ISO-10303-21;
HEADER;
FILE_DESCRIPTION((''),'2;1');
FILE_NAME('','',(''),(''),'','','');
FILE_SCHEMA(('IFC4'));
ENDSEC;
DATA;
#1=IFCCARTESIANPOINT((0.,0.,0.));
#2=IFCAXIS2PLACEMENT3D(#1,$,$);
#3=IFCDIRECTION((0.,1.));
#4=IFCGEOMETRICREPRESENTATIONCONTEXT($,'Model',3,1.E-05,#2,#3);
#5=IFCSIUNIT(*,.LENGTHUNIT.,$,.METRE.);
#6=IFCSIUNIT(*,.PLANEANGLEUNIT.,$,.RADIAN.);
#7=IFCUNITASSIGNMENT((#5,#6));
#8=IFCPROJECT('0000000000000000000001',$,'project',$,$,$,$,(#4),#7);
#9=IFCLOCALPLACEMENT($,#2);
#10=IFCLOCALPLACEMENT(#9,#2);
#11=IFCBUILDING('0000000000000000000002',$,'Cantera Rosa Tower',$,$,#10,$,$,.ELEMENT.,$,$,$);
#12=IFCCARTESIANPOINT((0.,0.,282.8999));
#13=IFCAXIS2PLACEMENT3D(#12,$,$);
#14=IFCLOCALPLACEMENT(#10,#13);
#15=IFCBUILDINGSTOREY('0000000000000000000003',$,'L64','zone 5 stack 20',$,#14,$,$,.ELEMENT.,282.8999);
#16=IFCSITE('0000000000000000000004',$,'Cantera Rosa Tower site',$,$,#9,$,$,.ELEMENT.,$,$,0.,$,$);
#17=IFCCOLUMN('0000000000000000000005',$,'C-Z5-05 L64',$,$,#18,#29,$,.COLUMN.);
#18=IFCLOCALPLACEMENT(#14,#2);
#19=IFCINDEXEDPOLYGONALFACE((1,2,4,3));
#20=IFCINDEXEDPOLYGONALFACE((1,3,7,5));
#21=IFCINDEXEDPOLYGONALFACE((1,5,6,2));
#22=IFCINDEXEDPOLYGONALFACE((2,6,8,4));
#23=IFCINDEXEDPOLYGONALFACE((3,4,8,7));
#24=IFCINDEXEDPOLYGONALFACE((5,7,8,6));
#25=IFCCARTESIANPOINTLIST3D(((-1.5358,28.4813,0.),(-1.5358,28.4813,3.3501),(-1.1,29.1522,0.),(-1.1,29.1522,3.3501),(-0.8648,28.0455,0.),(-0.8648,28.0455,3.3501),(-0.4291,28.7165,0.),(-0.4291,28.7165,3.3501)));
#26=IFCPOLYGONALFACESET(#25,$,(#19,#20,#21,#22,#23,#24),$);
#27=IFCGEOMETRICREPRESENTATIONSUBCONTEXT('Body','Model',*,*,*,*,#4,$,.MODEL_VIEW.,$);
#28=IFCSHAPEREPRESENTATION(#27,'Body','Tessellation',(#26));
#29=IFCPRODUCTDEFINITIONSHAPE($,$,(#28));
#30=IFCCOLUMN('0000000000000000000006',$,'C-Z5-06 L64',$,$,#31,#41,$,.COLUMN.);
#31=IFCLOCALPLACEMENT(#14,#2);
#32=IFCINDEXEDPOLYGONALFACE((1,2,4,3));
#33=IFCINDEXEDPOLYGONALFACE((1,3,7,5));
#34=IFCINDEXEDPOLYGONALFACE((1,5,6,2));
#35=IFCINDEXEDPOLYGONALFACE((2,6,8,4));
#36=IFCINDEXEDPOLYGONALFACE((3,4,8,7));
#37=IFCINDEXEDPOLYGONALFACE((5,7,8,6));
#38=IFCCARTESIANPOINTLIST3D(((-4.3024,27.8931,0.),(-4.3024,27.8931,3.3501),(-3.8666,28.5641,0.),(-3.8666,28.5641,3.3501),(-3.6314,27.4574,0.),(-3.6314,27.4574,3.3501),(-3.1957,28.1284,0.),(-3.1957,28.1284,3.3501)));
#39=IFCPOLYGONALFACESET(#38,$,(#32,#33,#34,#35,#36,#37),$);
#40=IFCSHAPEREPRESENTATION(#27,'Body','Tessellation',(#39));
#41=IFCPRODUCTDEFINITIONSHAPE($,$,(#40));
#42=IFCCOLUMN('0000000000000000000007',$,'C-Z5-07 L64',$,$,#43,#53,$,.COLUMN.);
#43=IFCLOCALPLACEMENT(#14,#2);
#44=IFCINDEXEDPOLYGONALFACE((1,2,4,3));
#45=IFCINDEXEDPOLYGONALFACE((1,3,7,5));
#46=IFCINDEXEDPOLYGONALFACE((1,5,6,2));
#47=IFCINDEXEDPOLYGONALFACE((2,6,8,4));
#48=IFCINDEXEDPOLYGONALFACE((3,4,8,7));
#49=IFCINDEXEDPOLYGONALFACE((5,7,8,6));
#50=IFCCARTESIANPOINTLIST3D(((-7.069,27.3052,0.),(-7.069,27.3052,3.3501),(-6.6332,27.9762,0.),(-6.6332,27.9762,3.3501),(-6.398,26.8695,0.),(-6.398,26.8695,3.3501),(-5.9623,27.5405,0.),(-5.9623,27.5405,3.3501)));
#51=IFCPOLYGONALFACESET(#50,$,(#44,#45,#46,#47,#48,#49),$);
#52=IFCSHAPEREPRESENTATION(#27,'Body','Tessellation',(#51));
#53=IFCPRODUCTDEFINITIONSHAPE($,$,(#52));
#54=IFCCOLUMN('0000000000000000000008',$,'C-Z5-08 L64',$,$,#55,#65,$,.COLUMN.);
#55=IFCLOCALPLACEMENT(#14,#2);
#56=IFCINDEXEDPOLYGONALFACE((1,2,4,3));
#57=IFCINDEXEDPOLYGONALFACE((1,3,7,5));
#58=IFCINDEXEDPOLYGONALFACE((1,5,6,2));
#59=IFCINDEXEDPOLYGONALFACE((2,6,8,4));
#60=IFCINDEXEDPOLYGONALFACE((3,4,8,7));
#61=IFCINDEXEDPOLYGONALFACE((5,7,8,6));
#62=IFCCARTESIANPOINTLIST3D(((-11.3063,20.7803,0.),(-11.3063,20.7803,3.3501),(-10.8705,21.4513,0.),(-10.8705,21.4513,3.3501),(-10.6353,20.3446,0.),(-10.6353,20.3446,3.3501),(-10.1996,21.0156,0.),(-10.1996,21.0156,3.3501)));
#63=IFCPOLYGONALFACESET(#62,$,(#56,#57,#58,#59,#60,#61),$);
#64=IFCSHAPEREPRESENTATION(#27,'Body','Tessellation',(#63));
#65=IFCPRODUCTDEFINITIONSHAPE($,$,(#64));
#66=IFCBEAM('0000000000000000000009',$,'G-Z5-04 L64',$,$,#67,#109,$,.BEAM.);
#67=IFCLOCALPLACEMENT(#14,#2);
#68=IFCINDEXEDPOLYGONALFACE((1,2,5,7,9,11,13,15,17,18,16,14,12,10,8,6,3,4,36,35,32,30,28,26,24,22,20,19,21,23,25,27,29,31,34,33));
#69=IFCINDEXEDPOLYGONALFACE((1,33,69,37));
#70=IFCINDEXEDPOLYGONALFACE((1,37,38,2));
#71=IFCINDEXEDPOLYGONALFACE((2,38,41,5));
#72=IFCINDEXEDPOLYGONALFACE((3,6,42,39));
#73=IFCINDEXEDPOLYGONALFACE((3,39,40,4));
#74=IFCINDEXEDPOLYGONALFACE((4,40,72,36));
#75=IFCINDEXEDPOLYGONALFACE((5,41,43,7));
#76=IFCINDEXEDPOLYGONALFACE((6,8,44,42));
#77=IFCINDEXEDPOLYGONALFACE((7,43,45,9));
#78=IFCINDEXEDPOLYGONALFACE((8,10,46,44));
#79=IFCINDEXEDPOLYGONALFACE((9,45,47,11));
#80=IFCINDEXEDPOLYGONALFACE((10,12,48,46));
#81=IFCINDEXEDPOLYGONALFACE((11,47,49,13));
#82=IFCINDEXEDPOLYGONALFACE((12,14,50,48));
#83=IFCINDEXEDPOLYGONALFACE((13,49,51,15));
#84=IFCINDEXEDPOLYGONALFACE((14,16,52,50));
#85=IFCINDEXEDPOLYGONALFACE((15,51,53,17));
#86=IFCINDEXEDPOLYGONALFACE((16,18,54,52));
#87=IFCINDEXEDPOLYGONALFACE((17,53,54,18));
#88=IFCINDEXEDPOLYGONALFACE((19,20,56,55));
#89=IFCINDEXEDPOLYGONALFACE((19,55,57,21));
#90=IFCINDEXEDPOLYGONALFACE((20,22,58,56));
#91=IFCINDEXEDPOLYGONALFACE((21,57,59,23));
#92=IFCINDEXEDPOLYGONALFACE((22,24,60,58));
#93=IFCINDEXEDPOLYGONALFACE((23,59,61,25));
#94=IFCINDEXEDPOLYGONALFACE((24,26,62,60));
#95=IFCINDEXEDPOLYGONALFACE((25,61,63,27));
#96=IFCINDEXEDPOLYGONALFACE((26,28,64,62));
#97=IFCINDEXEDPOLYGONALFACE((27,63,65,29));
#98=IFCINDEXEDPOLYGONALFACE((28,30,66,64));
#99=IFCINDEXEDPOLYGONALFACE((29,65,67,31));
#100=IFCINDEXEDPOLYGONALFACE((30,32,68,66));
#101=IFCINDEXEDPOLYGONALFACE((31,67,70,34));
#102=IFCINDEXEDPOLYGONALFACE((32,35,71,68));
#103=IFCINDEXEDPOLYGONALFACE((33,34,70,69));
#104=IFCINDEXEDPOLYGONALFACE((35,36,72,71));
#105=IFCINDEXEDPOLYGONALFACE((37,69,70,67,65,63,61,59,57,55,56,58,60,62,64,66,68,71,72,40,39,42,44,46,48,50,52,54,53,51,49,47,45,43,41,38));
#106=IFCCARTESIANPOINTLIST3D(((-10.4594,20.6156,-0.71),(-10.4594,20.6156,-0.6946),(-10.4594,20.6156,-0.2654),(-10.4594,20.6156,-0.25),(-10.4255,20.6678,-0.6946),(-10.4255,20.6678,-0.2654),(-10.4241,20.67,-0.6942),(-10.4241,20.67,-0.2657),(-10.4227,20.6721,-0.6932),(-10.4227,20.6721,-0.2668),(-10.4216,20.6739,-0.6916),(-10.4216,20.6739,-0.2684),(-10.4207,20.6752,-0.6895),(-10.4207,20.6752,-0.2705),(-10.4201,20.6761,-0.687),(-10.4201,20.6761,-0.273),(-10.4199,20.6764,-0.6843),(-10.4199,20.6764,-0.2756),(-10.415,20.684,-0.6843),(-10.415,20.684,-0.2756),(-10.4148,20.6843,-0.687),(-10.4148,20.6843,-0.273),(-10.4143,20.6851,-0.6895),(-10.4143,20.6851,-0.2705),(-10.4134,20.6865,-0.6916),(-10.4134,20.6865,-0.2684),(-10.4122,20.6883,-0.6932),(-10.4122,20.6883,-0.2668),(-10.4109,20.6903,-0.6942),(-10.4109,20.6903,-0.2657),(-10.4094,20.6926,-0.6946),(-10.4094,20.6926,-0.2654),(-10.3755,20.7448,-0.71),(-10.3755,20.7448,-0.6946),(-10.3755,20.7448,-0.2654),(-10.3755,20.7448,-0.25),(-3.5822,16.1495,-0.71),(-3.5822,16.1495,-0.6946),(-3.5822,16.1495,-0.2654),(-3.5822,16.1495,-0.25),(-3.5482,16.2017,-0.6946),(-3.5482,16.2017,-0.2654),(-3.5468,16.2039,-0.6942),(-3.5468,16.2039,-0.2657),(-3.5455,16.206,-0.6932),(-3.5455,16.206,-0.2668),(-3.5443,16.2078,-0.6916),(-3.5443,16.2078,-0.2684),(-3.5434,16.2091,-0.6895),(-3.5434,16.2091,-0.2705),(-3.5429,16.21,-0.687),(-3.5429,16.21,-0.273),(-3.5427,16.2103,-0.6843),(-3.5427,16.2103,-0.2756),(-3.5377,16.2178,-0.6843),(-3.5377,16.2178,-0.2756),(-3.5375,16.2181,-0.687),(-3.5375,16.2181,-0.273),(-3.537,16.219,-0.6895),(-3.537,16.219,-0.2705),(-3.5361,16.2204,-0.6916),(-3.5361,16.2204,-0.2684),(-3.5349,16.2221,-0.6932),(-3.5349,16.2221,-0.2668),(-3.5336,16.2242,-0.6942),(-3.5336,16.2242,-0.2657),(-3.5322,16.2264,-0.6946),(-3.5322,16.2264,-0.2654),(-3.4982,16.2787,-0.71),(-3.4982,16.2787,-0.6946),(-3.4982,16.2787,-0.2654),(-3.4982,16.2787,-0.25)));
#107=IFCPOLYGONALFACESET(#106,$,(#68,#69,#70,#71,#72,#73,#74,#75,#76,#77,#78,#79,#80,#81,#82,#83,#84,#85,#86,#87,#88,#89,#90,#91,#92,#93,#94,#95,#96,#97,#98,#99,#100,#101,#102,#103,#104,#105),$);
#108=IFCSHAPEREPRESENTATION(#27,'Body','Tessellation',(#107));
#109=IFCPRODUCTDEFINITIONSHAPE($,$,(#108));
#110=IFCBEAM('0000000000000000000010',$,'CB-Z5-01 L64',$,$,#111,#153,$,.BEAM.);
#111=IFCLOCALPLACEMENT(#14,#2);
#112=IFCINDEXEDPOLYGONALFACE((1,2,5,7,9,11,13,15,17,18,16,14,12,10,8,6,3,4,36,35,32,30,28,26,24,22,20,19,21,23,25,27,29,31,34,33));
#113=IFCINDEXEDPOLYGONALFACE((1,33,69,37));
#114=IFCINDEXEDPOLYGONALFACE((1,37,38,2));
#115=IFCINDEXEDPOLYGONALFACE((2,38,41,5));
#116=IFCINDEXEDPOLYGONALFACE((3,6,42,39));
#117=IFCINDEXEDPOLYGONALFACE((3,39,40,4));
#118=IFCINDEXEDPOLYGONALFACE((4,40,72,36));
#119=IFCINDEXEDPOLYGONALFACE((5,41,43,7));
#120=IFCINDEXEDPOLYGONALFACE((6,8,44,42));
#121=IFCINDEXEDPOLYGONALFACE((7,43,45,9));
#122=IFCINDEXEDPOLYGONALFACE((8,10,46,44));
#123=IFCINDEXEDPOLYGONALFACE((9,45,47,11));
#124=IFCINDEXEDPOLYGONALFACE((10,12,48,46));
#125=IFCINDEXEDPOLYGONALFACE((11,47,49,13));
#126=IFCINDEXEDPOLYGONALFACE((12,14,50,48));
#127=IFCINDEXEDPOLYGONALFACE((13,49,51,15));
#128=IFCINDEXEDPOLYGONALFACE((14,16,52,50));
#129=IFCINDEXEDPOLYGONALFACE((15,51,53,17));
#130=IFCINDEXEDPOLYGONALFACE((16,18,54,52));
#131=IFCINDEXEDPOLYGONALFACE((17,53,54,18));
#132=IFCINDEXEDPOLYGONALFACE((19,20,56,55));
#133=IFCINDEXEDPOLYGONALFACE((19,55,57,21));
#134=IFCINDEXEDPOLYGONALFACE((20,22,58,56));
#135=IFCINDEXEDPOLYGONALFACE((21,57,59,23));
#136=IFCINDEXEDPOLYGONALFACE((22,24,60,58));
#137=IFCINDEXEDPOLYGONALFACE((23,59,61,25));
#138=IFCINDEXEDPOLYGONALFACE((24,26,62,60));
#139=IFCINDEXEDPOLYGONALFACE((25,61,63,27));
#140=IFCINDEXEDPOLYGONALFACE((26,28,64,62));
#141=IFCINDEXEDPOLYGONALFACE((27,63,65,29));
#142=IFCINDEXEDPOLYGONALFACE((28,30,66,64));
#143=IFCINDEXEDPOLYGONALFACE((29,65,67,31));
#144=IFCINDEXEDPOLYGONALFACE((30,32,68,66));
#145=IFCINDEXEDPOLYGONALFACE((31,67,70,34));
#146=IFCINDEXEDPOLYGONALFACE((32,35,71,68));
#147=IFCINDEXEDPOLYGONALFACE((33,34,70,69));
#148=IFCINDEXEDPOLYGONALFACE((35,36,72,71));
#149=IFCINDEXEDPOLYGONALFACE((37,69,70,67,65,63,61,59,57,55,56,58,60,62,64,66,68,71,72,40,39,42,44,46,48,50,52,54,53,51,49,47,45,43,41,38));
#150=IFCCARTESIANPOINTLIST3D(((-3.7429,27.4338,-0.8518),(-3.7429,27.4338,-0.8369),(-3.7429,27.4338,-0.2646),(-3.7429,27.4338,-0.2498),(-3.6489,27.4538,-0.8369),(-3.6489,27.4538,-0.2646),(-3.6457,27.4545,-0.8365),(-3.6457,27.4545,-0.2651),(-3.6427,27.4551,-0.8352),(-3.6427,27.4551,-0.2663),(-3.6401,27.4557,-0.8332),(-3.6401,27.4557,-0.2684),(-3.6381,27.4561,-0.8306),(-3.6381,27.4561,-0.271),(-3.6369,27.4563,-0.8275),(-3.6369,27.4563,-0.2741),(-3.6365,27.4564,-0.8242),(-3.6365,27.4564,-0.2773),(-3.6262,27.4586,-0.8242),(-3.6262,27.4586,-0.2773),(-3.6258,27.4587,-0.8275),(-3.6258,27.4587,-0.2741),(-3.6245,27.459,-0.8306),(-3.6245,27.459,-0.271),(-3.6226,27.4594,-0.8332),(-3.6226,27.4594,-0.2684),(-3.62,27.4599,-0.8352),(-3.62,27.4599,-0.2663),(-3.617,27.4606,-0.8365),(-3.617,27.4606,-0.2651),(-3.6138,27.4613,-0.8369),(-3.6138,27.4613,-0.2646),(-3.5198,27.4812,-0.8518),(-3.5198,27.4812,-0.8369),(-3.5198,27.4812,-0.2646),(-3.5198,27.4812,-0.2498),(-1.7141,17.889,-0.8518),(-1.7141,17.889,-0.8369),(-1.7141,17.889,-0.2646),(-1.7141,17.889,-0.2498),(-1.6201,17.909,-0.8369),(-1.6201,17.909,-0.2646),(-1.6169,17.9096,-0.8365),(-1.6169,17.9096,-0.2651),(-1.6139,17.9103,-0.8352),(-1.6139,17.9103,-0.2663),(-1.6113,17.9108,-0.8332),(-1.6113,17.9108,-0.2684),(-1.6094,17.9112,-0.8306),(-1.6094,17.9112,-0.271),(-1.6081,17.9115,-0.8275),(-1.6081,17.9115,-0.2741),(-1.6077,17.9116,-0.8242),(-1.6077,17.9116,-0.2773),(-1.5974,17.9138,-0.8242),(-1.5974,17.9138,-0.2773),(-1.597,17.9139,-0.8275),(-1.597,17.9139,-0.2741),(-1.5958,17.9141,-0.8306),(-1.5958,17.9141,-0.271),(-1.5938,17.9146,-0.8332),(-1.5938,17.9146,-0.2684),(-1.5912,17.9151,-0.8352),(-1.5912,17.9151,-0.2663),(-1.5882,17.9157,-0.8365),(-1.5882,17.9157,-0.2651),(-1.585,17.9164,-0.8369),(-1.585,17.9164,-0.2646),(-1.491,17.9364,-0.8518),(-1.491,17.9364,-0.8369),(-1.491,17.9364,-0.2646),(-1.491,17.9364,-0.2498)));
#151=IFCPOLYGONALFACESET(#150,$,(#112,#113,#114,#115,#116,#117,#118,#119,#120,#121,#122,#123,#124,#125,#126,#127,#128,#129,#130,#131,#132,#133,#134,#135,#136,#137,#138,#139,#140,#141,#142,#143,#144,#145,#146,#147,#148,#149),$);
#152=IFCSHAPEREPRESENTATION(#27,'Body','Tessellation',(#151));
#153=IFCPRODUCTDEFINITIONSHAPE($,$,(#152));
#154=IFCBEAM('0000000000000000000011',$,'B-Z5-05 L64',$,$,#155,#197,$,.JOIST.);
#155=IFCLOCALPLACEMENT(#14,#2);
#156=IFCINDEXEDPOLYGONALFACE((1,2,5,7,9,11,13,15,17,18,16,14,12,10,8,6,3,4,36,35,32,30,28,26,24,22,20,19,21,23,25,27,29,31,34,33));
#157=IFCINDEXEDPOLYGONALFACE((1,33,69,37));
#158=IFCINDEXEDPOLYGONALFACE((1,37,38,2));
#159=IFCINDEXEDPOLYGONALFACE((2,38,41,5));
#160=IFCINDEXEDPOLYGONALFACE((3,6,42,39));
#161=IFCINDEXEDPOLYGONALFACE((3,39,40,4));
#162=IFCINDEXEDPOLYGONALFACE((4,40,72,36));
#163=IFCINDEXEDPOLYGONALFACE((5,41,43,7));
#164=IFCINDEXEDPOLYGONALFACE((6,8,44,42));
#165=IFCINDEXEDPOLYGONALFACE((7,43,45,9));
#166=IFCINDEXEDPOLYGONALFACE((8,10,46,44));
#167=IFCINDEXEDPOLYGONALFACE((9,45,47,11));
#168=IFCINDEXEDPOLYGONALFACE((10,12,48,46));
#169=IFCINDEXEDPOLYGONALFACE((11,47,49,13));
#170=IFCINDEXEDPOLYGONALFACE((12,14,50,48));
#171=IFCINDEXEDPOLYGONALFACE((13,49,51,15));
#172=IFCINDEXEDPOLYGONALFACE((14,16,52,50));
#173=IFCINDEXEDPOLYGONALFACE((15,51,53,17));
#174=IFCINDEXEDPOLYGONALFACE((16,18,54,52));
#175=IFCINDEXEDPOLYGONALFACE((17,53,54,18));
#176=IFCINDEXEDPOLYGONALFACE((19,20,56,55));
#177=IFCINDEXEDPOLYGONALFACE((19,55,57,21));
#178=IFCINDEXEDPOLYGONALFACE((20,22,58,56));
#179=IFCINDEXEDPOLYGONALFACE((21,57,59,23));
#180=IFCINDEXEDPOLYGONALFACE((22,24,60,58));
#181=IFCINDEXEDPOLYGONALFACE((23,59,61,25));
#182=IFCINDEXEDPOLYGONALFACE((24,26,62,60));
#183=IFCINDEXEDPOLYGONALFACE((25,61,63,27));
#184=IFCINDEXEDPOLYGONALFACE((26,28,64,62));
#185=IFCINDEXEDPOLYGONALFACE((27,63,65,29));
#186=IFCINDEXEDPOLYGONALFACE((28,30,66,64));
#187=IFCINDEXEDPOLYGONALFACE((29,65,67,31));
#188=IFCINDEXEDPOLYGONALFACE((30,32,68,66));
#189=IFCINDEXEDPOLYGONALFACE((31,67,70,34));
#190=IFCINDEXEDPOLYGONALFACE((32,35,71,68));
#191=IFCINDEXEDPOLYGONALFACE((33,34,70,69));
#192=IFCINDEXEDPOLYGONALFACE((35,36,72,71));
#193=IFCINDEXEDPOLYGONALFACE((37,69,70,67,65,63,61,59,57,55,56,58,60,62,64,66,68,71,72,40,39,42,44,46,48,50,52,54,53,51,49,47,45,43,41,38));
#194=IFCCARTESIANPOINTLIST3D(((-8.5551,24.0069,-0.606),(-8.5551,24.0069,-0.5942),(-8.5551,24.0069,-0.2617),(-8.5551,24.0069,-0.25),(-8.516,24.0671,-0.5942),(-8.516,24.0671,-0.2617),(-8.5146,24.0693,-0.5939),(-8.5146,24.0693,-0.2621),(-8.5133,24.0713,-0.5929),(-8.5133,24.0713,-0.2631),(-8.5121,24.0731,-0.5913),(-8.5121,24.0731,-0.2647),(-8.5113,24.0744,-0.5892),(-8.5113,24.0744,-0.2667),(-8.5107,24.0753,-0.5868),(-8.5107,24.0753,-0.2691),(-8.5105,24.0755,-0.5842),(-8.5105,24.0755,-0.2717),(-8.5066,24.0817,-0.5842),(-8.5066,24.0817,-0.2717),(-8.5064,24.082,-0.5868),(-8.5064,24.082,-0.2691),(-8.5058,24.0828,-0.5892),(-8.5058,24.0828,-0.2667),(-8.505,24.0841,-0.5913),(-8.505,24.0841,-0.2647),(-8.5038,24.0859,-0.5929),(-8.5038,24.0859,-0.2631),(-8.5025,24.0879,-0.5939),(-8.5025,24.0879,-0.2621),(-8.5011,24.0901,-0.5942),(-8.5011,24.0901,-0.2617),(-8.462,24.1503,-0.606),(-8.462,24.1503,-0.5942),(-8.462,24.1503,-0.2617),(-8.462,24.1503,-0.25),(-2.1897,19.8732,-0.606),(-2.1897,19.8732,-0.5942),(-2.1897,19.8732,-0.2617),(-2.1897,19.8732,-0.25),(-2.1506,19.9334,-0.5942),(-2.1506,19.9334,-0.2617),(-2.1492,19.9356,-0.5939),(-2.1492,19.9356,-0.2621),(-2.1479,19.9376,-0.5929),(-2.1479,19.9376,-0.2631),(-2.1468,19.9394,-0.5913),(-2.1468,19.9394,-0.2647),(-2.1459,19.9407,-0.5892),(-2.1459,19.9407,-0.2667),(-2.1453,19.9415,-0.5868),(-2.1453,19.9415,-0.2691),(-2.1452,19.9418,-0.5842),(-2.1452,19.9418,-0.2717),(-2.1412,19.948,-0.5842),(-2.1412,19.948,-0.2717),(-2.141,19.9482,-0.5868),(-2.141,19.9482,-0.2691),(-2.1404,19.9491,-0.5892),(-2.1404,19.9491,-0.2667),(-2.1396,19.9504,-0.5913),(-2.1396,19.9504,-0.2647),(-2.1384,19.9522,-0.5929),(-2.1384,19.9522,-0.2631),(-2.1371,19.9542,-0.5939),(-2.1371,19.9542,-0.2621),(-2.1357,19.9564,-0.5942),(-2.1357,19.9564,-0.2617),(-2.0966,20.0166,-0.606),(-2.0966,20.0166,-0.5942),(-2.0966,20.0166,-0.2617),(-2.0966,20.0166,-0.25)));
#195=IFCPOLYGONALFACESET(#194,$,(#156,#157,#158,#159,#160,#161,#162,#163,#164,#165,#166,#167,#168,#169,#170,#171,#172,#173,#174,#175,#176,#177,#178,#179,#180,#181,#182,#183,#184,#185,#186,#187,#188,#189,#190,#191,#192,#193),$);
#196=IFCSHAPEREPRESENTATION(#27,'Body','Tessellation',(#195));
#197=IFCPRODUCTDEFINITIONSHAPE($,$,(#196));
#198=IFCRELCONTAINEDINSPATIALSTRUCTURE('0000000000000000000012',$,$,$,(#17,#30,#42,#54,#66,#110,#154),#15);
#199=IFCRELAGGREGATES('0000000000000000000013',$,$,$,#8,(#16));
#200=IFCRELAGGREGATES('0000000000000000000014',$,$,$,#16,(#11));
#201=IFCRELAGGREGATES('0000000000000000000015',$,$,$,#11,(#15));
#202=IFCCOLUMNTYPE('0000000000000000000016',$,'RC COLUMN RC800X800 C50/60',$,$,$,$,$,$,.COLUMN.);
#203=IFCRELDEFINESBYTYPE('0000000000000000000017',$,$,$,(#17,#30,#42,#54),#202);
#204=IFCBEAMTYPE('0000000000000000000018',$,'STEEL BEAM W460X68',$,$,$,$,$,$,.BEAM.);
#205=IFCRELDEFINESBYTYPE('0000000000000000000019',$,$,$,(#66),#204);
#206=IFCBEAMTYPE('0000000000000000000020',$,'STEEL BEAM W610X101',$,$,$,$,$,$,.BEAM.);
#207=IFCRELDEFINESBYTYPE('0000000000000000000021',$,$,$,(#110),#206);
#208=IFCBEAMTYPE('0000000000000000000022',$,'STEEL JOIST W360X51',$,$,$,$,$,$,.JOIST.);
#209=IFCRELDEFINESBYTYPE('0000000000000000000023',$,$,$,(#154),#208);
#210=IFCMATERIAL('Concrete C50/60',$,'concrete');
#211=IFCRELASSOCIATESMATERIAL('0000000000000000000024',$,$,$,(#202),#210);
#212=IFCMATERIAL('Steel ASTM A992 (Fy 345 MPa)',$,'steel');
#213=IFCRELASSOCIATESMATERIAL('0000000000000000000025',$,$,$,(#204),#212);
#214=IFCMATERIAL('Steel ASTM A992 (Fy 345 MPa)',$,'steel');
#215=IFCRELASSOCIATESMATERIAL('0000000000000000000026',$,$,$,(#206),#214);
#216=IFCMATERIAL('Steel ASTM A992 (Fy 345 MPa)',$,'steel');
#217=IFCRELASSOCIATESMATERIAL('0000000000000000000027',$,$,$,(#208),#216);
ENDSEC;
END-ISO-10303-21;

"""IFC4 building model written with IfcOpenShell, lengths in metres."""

from ifc_helpers import new_model, si_unit, direction, frame, origin, origin_2d, place, context, subcontext, project, spatial, rectangle, i_section, extrude, material, material_profile, profile_set, type_object, element, save


model = new_model("IFC4")

# Units and contexts
model_context = context("Model", 3, precision=1e-05, world=origin(), true_north=direction((0.0, 1.0)))
body_context = subcontext(model_context, "Body", "Model", "MODEL_VIEW")
ifc_project = project(units=[si_unit("LENGTHUNIT", "METRE"), si_unit("PLANEANGLEUNIT", "RADIAN")], contexts=[model_context])

# Site, building, storey
site_placement = place(None, origin())
site = spatial("IfcSite", under=ifc_project, at=site_placement, Name="Cantera Rosa Tower site", CompositionType="ELEMENT", RefElevation=0.0)
building_placement = place(site_placement, origin())
building = spatial("IfcBuilding", under=site, at=building_placement, Name="Cantera Rosa Tower", CompositionType="ELEMENT")
storey_placement = place(building_placement, frame((0.0, 0.0, 282.8999)))
storey = spatial("IfcBuildingStorey", under=building, at=storey_placement, Name="L64", Description="zone 5 stack 20", CompositionType="ELEMENT", Elevation=282.8999)

# Columns
ifc_material_1 = material(Name="Concrete C50/60", Category="concrete")
ifc_material_profile_1 = material_profile(ifc_material_1, rectangle(XDim=0.8, YDim=0.8, at=origin_2d()), Name="RC COLUMN RC800X800 C50/60")
ifc_profile_set_1 = profile_set([ifc_material_profile_1], Name="Concrete C50/60")
column_type = type_object("IfcColumnType", Name="RC COLUMN RC800X800 C50/60", PredefinedType="COLUMN", material=ifc_profile_set_1)
for number, where, z_axis, x_axis, name in (
    (1, (-0.9824, 28.5989, 0.0), (0.0, 0.0, 1.0), (0.544639, 0.838671, 0.0), "C-Z5-05 L64"),
    (2, (-3.749, 28.0107, 0.0), (0.0, 0.0, 1.0), (0.544639, 0.838671, 0.0), "C-Z5-06 L64"),
    (3, (-6.5156, 27.4229, 0.0), (0.0, 0.0, 1.0), (0.544639, 0.838671, 0.0), "C-Z5-07 L64"),
    (4, (-10.7529, 20.8979, 0.0), (0.0, 0.0, 1.0), (0.544639, 0.838671, 0.0), "C-Z5-08 L64"),
):
    element("IfcColumn", number, at=place(storey_placement, frame(where, z_axis=z_axis, x_axis=x_axis)), inside=storey, type_object=column_type, Name=name, PredefinedType="COLUMN", context=body_context, shape_type="SweptSolid", body=[
        extrude(rectangle(XDim=0.8, YDim=0.8, at=origin_2d()), origin(), (0.0, 0.0, 1.0), 3.3501),
    ])

# Beams
ifc_material_2 = material(Name="Steel ASTM A992 (Fy 345 MPa)", Category="steel")
ifc_material_profile_2 = material_profile(ifc_material_2, i_section(OverallWidth=0.1541, OverallDepth=0.46, WebThickness=0.009, FlangeThickness=0.0154, FilletRadius=0.0103, at=origin_2d()), Name="W460X68")
ifc_profile_set_2 = profile_set([ifc_material_profile_2], Name="Steel ASTM A992 (Fy 345 MPa)")
beam_type_1 = type_object("IfcBeamType", Name="STEEL BEAM W460X68", PredefinedType="BEAM", material=ifc_profile_set_2)
beam_1_placement = place(storey_placement, frame((-10.4175, 20.6802, -0.48), z_axis=(0.838673, -0.544636, 0.0), x_axis=(0.544636, 0.838673, 0.0)))
element("IfcBeam", 5, at=beam_1_placement, inside=storey, type_object=beam_type_1, Name="G-Z5-04 L64", PredefinedType="BEAM", context=body_context, shape_type="SweptSolid", body=[
    extrude(i_section(OverallWidth=0.1541, OverallDepth=0.46, WebThickness=0.009, FlangeThickness=0.0154, FilletRadius=0.0103, at=origin_2d()), origin(), (0.0, 0.0, 1.0), 8.2002),
])
ifc_material_3 = material(Name="Steel ASTM A992 (Fy 345 MPa)", Category="steel")
ifc_material_profile_3 = material_profile(ifc_material_3, i_section(OverallWidth=0.228, OverallDepth=0.6021, WebThickness=0.0105, FlangeThickness=0.0149, FilletRadius=0.0127, at=origin_2d()), Name="W610X101")
ifc_profile_set_3 = profile_set([ifc_material_profile_3], Name="Steel ASTM A992 (Fy 345 MPa)")
beam_type_2 = type_object("IfcBeamType", Name="STEEL BEAM W610X101", PredefinedType="BEAM", material=ifc_profile_set_3)
beam_2_placement = place(storey_placement, frame((-3.6313, 27.4575, -0.5508), z_axis=(0.207909, -0.978148, 0.0), x_axis=(0.978148, 0.207909, 0.0)))
element("IfcBeam", 6, at=beam_2_placement, inside=storey, type_object=beam_type_2, Name="CB-Z5-01 L64", PredefinedType="BEAM", context=body_context, shape_type="SweptSolid", body=[
    extrude(i_section(OverallWidth=0.228, OverallDepth=0.6021, WebThickness=0.0105, FlangeThickness=0.0149, FilletRadius=0.0127, at=origin_2d()), origin(), (0.0, 0.0, 1.0), 9.7581),
])
ifc_material_4 = material(Name="Steel ASTM A992 (Fy 345 MPa)", Category="steel")
ifc_material_profile_4 = material_profile(ifc_material_4, i_section(OverallWidth=0.1709, OverallDepth=0.356, WebThickness=0.0073, FlangeThickness=0.0117, FilletRadius=0.01, at=origin_2d()), Name="W360X51")
ifc_profile_set_4 = profile_set([ifc_material_profile_4], Name="Steel ASTM A992 (Fy 345 MPa)")
beam_type_3 = type_object("IfcBeamType", Name="STEEL JOIST W360X51", PredefinedType="JOIST", material=ifc_profile_set_4)
beam_3_placement = place(storey_placement, frame((-8.5085, 24.0786, -0.428), z_axis=(0.838671, -0.544639, 0.0), x_axis=(0.544639, 0.838671, 0.0)))
element("IfcBeam", 7, at=beam_3_placement, inside=storey, type_object=beam_type_3, Name="B-Z5-05 L64", PredefinedType="JOIST", context=body_context, shape_type="SweptSolid", body=[
    extrude(i_section(OverallWidth=0.1709, OverallDepth=0.356, WebThickness=0.0073, FlangeThickness=0.0117, FilletRadius=0.01, at=origin_2d()), origin(), (0.0, 0.0, 1.0), 7.5898),
])

save(model, "model.ifc")
